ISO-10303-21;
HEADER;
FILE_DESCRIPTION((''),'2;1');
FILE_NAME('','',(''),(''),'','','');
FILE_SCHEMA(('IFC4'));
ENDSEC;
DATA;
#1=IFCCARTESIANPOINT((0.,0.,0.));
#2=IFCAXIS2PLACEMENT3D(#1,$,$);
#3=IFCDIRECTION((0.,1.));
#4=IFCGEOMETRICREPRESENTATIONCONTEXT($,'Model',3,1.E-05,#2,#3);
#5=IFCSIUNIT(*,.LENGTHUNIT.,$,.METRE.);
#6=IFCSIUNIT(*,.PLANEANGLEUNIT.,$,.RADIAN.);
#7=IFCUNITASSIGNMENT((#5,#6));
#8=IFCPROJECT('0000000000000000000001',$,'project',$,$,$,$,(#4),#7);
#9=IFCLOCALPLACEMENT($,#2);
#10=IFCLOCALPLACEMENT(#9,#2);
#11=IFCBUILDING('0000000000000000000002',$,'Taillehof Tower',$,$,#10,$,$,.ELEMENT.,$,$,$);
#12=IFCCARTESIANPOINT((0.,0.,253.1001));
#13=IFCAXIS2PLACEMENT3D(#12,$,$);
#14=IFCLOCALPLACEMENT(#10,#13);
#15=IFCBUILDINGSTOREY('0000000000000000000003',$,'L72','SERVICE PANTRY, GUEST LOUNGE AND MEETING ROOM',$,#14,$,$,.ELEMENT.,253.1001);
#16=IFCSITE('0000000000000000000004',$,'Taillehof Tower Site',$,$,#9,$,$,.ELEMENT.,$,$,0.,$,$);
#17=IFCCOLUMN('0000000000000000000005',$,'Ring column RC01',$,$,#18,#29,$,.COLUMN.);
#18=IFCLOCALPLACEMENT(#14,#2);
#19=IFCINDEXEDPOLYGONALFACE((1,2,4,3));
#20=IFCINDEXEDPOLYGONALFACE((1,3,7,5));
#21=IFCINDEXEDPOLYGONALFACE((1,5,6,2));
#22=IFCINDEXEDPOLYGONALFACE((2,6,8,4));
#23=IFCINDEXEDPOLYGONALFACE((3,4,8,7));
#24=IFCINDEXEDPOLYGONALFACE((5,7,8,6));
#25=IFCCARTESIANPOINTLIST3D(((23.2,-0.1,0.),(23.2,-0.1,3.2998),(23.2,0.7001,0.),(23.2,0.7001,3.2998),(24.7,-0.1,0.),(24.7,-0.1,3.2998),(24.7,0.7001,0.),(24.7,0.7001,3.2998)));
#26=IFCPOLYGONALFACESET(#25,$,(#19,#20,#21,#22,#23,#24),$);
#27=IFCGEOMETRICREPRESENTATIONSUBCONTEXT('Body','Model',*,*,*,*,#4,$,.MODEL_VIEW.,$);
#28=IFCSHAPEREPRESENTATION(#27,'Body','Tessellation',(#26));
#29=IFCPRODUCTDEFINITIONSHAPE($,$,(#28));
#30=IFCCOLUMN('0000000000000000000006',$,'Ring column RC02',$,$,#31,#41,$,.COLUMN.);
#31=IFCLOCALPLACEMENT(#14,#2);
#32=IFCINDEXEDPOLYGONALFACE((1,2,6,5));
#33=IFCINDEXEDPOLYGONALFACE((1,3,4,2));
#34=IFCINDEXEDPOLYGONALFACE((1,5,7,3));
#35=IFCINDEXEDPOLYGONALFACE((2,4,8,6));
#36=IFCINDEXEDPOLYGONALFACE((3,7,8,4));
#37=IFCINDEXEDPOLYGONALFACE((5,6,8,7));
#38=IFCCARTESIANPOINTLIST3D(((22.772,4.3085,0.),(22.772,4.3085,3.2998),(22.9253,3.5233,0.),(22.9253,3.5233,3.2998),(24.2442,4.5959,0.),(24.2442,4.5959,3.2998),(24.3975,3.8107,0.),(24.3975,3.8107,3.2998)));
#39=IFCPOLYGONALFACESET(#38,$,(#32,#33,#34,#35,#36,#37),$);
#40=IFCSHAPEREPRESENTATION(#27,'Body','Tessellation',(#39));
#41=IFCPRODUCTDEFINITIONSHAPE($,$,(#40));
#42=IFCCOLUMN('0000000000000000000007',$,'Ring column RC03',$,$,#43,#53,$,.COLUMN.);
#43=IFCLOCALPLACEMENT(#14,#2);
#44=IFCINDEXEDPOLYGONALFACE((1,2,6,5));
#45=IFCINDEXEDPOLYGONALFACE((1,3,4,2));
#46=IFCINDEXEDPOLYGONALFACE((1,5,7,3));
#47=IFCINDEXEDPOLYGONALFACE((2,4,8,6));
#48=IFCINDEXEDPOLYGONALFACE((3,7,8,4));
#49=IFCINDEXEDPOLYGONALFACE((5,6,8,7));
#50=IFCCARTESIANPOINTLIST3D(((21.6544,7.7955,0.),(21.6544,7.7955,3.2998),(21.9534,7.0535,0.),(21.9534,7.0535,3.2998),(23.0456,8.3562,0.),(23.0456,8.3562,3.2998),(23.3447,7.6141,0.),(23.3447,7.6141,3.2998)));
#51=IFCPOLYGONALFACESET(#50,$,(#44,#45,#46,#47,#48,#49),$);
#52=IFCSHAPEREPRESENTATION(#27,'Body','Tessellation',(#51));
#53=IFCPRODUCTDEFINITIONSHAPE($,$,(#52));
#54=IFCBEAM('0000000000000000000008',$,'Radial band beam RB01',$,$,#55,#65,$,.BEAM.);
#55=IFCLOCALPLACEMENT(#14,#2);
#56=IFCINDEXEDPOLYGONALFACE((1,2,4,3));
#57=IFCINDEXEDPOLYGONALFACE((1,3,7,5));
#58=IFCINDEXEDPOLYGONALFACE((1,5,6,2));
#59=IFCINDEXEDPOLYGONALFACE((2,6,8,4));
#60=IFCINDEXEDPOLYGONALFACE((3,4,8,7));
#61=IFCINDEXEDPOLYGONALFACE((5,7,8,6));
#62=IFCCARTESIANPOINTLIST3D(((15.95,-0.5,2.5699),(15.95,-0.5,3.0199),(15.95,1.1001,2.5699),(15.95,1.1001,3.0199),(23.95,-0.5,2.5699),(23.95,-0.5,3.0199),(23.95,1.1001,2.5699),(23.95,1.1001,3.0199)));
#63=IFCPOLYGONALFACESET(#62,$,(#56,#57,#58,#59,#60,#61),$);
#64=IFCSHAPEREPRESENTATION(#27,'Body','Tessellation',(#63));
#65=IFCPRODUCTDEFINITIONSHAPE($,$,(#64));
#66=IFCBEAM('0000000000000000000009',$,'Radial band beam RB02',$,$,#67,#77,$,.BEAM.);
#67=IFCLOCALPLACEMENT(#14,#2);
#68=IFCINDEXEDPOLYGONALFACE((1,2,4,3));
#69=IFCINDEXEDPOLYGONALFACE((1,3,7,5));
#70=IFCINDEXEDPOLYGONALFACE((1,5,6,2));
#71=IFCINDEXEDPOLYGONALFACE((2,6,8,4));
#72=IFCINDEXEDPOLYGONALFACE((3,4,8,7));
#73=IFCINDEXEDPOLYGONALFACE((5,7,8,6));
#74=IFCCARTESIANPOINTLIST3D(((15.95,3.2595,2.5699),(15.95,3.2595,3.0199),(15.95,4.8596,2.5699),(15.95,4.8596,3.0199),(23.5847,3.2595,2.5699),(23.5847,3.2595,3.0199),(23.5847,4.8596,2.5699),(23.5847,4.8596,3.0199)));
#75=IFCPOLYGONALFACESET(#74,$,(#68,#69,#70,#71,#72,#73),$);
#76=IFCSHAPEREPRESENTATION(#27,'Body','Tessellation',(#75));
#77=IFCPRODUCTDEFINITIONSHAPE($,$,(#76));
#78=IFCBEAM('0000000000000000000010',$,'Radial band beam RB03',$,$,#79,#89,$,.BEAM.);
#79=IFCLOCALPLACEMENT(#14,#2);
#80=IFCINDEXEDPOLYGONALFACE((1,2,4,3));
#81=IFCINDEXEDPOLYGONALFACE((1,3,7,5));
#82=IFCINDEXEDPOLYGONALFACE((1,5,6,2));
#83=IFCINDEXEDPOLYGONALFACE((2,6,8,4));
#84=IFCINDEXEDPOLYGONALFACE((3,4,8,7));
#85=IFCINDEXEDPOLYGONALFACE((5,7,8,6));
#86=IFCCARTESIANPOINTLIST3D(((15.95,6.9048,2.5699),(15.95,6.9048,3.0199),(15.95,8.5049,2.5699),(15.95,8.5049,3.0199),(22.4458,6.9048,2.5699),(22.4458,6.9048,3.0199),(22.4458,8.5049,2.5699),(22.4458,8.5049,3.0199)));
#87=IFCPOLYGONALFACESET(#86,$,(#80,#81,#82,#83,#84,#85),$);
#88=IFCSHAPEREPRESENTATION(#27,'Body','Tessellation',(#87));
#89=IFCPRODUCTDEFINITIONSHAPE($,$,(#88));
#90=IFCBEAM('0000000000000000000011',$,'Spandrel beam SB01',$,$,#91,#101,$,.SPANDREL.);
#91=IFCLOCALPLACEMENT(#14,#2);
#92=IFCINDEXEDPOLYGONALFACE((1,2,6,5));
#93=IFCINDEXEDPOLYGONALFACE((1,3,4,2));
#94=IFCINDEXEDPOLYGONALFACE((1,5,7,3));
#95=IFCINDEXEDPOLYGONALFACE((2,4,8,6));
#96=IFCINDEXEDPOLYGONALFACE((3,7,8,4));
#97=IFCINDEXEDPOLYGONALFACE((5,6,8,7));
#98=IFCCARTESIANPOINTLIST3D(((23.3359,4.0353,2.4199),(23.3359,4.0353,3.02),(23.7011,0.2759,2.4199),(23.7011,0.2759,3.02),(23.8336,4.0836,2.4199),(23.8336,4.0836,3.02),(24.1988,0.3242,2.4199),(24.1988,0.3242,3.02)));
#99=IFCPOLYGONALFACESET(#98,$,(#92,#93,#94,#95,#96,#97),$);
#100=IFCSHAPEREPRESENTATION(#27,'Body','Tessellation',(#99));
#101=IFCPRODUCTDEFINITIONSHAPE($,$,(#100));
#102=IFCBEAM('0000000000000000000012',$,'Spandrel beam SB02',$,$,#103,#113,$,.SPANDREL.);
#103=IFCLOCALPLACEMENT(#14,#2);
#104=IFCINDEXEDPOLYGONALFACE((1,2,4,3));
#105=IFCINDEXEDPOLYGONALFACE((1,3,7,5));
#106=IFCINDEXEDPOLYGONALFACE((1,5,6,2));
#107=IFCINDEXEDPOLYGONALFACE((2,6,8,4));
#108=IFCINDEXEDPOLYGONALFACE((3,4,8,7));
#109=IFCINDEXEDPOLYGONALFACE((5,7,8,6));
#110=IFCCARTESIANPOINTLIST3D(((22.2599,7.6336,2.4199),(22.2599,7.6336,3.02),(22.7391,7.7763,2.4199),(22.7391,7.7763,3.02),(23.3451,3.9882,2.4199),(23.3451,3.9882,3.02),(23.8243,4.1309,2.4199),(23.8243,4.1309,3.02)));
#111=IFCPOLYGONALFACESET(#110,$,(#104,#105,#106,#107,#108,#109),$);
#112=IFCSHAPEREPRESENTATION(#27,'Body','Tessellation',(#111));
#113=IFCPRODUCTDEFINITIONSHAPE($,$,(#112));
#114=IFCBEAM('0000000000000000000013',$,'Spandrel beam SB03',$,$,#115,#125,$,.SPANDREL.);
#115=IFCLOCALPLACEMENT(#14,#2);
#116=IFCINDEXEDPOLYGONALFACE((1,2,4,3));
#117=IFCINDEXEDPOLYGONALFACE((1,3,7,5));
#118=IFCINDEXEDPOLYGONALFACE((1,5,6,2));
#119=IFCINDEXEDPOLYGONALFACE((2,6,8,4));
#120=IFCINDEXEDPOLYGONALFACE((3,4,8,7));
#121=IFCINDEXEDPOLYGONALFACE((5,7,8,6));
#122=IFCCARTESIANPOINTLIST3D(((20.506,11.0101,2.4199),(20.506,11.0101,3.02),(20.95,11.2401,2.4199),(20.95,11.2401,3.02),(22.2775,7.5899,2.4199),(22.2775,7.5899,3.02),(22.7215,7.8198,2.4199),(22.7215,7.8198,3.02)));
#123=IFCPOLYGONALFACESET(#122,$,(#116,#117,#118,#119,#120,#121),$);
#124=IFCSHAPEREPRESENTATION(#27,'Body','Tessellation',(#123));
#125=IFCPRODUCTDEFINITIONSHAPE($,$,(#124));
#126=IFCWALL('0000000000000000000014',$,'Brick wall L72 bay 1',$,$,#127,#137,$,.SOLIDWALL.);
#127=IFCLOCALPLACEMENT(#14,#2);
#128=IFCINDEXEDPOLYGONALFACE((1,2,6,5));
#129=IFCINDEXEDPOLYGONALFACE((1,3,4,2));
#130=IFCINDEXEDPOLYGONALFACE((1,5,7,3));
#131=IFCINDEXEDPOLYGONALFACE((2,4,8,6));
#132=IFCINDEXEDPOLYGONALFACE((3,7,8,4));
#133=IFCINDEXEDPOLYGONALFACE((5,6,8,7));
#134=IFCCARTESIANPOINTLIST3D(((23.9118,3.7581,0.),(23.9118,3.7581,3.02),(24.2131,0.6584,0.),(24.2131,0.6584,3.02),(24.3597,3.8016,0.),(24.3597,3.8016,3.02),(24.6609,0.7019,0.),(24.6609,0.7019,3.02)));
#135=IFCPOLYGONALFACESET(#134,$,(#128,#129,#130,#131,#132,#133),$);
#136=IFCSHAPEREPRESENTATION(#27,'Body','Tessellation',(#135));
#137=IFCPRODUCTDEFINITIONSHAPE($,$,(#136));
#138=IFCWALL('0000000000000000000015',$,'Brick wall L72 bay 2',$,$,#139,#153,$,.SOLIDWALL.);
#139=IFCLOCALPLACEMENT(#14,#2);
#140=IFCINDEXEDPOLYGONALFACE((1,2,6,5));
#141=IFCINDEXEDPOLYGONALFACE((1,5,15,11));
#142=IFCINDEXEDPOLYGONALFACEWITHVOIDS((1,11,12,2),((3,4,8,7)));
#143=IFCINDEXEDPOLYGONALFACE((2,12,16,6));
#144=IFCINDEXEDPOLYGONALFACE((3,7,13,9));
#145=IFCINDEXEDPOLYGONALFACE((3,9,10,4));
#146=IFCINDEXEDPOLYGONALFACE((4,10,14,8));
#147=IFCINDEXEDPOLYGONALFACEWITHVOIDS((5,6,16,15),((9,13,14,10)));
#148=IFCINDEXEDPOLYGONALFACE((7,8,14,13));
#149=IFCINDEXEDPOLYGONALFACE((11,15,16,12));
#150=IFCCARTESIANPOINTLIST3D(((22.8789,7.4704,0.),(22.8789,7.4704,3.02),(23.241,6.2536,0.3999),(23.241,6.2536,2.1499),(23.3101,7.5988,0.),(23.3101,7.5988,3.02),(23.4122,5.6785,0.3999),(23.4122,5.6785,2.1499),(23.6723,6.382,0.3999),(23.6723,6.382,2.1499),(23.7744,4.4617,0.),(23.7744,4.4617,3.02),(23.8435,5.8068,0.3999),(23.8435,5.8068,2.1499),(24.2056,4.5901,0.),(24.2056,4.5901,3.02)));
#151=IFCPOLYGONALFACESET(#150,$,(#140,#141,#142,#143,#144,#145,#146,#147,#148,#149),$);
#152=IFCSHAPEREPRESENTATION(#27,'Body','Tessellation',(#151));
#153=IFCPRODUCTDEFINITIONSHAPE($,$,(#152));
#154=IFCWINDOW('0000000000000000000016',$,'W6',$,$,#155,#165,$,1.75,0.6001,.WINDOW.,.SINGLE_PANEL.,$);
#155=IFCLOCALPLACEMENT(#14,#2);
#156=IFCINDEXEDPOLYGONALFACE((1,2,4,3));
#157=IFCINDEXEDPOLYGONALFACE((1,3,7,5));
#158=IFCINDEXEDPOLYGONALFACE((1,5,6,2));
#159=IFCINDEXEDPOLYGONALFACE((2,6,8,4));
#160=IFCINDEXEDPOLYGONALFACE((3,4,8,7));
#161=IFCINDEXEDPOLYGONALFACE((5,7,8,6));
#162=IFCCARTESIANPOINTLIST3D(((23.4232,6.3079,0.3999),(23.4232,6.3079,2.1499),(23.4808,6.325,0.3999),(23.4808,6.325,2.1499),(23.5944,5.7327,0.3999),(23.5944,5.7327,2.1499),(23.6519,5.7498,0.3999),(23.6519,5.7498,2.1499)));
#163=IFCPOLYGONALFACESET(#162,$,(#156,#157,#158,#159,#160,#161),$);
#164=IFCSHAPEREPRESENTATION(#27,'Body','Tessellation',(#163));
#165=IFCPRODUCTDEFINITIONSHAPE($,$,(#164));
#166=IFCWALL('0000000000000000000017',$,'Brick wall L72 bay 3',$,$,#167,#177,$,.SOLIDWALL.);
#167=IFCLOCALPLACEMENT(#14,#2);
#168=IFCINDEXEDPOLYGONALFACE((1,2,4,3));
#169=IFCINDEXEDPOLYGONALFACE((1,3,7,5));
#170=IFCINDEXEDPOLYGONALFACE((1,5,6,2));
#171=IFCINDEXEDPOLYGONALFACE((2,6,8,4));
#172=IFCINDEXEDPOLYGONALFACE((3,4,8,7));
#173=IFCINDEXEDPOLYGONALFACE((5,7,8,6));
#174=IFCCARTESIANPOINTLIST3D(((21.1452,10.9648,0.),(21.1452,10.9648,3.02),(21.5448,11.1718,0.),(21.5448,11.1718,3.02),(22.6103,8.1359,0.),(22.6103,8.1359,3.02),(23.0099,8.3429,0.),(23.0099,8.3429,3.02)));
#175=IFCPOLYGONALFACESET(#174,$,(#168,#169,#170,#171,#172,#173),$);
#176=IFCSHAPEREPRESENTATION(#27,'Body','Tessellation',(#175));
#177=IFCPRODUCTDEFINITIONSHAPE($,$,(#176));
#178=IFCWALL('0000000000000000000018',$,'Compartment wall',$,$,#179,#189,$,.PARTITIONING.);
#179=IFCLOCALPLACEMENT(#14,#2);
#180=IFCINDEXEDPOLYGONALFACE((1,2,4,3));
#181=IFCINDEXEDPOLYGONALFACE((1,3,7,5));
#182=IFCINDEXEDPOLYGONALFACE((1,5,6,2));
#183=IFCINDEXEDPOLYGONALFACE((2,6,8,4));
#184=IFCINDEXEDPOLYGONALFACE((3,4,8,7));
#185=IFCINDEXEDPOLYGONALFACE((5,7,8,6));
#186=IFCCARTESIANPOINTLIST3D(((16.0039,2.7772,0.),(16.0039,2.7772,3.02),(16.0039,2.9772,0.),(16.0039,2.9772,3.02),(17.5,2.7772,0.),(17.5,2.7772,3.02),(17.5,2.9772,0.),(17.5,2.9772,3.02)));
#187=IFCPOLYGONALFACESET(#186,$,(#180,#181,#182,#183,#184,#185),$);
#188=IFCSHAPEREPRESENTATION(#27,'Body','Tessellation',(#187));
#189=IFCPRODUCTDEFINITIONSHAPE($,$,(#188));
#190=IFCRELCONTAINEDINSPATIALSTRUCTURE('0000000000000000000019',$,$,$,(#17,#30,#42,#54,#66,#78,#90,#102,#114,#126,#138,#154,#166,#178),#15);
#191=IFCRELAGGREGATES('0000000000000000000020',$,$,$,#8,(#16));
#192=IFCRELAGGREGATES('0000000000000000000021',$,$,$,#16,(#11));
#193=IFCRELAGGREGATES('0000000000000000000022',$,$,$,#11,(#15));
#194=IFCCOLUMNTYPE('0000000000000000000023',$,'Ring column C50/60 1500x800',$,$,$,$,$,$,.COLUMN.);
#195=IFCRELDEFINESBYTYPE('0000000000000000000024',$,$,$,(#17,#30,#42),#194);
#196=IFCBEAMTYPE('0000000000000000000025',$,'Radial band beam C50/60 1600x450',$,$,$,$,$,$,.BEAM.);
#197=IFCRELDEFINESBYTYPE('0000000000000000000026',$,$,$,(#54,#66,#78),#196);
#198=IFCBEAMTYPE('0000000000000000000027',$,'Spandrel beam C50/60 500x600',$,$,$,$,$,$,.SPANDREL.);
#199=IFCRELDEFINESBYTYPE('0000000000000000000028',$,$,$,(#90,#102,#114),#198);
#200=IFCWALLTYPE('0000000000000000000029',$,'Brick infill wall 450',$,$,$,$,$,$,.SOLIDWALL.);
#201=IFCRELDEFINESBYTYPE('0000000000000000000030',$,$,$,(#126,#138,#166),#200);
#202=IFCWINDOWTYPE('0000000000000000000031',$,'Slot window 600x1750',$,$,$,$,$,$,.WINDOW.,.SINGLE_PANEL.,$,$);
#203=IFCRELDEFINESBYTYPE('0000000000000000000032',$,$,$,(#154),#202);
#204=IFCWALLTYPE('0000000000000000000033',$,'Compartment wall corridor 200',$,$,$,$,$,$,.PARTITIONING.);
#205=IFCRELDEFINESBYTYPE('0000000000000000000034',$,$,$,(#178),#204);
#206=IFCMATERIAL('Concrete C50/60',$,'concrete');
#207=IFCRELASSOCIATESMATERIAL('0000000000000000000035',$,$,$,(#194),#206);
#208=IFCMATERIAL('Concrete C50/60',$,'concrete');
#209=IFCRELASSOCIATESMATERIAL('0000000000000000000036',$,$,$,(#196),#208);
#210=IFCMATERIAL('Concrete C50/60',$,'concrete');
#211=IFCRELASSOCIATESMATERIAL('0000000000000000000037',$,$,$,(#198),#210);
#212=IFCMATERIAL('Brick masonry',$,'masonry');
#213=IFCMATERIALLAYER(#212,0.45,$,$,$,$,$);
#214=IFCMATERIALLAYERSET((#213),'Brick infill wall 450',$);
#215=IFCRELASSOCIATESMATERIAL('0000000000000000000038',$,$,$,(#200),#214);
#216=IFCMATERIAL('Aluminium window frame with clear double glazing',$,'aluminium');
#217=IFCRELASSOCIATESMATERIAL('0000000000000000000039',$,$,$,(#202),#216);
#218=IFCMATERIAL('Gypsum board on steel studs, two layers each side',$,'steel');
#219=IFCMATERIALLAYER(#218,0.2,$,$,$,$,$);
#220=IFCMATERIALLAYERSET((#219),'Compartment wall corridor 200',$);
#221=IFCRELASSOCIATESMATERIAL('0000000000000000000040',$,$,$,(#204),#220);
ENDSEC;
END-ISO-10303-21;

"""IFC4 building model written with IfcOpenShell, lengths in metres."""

from ifc_helpers import new_model, si_unit, direction, frame, frame_2d, origin, origin_2d, place, context, subcontext, project, spatial, rectangle, extrude, material, layer, layer_set, material_profile, profile_set, type_object, element, fill, save


model = new_model("IFC4")

# Units and contexts
model_context = context("Model", 3, precision=1e-05, world=origin(), true_north=direction((0.0, 1.0)))
body_context = subcontext(model_context, "Body", "Model", "MODEL_VIEW")
ifc_project = project(units=[si_unit("LENGTHUNIT", "METRE"), si_unit("PLANEANGLEUNIT", "RADIAN")], contexts=[model_context])

# Site, building, storey
site_placement = place(None, origin())
site = spatial("IfcSite", under=ifc_project, at=site_placement, Name="Taillehof Tower Site", CompositionType="ELEMENT", RefElevation=0.0)
building_placement = place(site_placement, origin())
building = spatial("IfcBuilding", under=site, at=building_placement, Name="Taillehof Tower", CompositionType="ELEMENT")
storey_placement = place(building_placement, frame((0.0, 0.0, 253.1001)))
storey = spatial("IfcBuildingStorey", under=building, at=storey_placement, Name="L72", Description="SERVICE PANTRY, GUEST LOUNGE AND MEETING ROOM", CompositionType="ELEMENT", Elevation=253.1001)

# Columns
ifc_material_1 = material(Name="Concrete C50/60", Category="concrete")
ifc_material_profile_1 = material_profile(ifc_material_1, rectangle(XDim=1.5, YDim=0.8, at=origin_2d()), Name="RC 1500x800")
ifc_profile_set_1 = profile_set([ifc_material_profile_1], Name="Concrete C50/60")
column_type = type_object("IfcColumnType", Name="Ring column C50/60 1500x800", PredefinedType="COLUMN", material=ifc_profile_set_1)
for number, where, z_axis, x_axis, name in (
    (1, (23.95, 0.3, 0.0), (0.0, 0.0, 1.0), (1.0, 0.0, 0.0), "Ring column RC01"),
    (2, (23.5847, 4.0596, 0.0), (0.0, 0.0, 1.0), (0.981473, 0.191602, 0.0), "Ring column RC02"),
    (3, (22.4995, 7.7048, 0.0), (0.0, 0.0, 1.0), (0.927525, 0.373762, 0.0), "Ring column RC03"),
):
    element("IfcColumn", number, at=place(storey_placement, frame(where, z_axis=z_axis, x_axis=x_axis)), inside=storey, type_object=column_type, Name=name, PredefinedType="COLUMN", context=body_context, shape_type="SweptSolid", body=[
        extrude(rectangle(XDim=1.5, YDim=0.8, at=origin_2d()), origin(), (0.0, 0.0, 1.0), 3.2998),
    ])

# Beams
ifc_material_2 = material(Name="Concrete C50/60", Category="concrete")
ifc_material_profile_2 = material_profile(ifc_material_2, rectangle(XDim=1.6001, YDim=0.45, at=origin_2d()), Name="RC 1600x450")
ifc_profile_set_2 = profile_set([ifc_material_profile_2], Name="Concrete C50/60")
beam_type_1 = type_object("IfcBeamType", Name="Radial band beam C50/60 1600x450", PredefinedType="BEAM", material=ifc_profile_set_2)
beam_1_placement = place(storey_placement, frame((23.95, 0.3, 2.7949), z_axis=(-1.0, 0.0, 0.0), x_axis=(0.0, -1.0, 0.0)))
element("IfcBeam", 4, at=beam_1_placement, inside=storey, type_object=beam_type_1, Name="Radial band beam RB01", PredefinedType="BEAM", context=body_context, shape_type="SweptSolid", body=[
    extrude(rectangle(XDim=1.6001, YDim=0.45, at=origin_2d()), origin(), (0.0, 0.0, 1.0), 8.0),
])
beam_2_placement = place(storey_placement, frame((23.5847, 4.0596, 2.7949), z_axis=(-1.0, 0.0, 0.0), x_axis=(0.0, -1.0, 0.0)))
element("IfcBeam", 5, at=beam_2_placement, inside=storey, type_object=beam_type_1, Name="Radial band beam RB02", PredefinedType="BEAM", context=body_context, shape_type="SweptSolid", body=[
    extrude(rectangle(XDim=1.6001, YDim=0.45, at=origin_2d()), origin(), (0.0, 0.0, 1.0), 7.6348),
])
beam_3_placement = place(storey_placement, frame((22.4458, 7.7048, 2.7949), z_axis=(-1.0, 0.0, 0.0), x_axis=(0.0, -1.0, 0.0)))
element("IfcBeam", 6, at=beam_3_placement, inside=storey, type_object=beam_type_1, Name="Radial band beam RB03", PredefinedType="BEAM", context=body_context, shape_type="SweptSolid", body=[
    extrude(rectangle(XDim=1.6001, YDim=0.45, at=origin_2d()), origin(), (0.0, 0.0, 1.0), 6.4958),
])
ifc_material_3 = material(Name="Concrete C50/60", Category="concrete")
ifc_material_profile_3 = material_profile(ifc_material_3, rectangle(XDim=0.5, YDim=0.6001, at=origin_2d()), Name="RC 500x600")
ifc_profile_set_3 = profile_set([ifc_material_profile_3], Name="Concrete C50/60")
beam_type_2 = type_object("IfcBeamType", Name="Spandrel beam C50/60 500x600", PredefinedType="SPANDREL", material=ifc_profile_set_3)
beam_4_placement = place(storey_placement, frame((23.95, 0.3, 2.72), z_axis=(-0.096694, 0.995314, 0.0), x_axis=(-0.995314, -0.096694, 0.0)))
element("IfcBeam", 7, at=beam_4_placement, inside=storey, type_object=beam_type_2, Name="Spandrel beam SB01", PredefinedType="SPANDREL", context=body_context, shape_type="SweptSolid", body=[
    extrude(rectangle(XDim=0.5, YDim=0.6001, at=origin_2d()), origin(), (0.0, 0.0, 1.0), 3.7771),
])
beam_5_placement = place(storey_placement, frame((23.5847, 4.0596, 2.72), z_axis=(-0.285327, 0.95843, 0.0), x_axis=(-0.95843, -0.285327, 0.0)))
element("IfcBeam", 8, at=beam_5_placement, inside=storey, type_object=beam_type_2, Name="Spandrel beam SB02", PredefinedType="SPANDREL", context=body_context, shape_type="SweptSolid", body=[
    extrude(rectangle(XDim=0.5, YDim=0.6001, at=origin_2d()), origin(), (0.0, 0.0, 1.0), 3.8035),
])
beam_6_placement = place(storey_placement, frame((22.4995, 7.7048, 2.72), z_axis=(-0.459921, 0.88796, 0.0), x_axis=(-0.88796, -0.459921, 0.0)))
element("IfcBeam", 9, at=beam_6_placement, inside=storey, type_object=beam_type_2, Name="Spandrel beam SB03", PredefinedType="SPANDREL", context=body_context, shape_type="SweptSolid", body=[
    extrude(rectangle(XDim=0.5, YDim=0.6001, at=origin_2d()), origin(), (0.0, 0.0, 1.0), 3.8518),
])

# Wall
ifc_material_4 = material(Name="Brick masonry", Category="masonry")
ifc_layer_1 = layer(ifc_material_4, 0.45)
ifc_layer_set_1 = layer_set([ifc_layer_1], Name="Brick infill wall 450")
wall_type_1 = type_object("IfcWallType", Name="Brick infill wall 450", PredefinedType="SOLIDWALL", material=ifc_layer_set_1)
wall_1_placement = place(storey_placement, frame((24.437, 0.6802, 0.0), z_axis=(0.0, 0.0, 1.0), x_axis=(-0.09674, 0.99531, 0.0)))
element("IfcWall", 10, at=wall_1_placement, inside=storey, type_object=wall_type_1, Name="Brick wall L72 bay 1", PredefinedType="SOLIDWALL", context=body_context, shape_type="SweptSolid", body=[
    extrude(rectangle(XDim=3.1143, YDim=0.45, at=frame_2d((1.5571, 0.0))), origin(), (0.0, 0.0, 1.0), 3.02),
])

# Wall, opening, window
wall_2_placement = place(storey_placement, frame((23.99, 4.5259, 0.0), z_axis=(0.0, 0.0, 1.0), x_axis=(-0.285264, 0.958449, 0.0)))
wall_2 = element("IfcWall", 11, at=wall_2_placement, inside=storey, type_object=wall_type_1, Name="Brick wall L72 bay 2", PredefinedType="SOLIDWALL", context=body_context, shape_type="SweptSolid", body=[
    extrude(rectangle(XDim=3.1392, YDim=0.45, at=frame_2d((1.5696, 0.0))), origin(), (0.0, 0.0, 1.0), 3.02),
])
opening_placement = place(wall_2_placement, frame((1.2695, 0.0, 0.3999)))
opening = element("IfcOpeningElement", 12, at=opening_placement, cuts=wall_2, PredefinedType="OPENING", context=body_context, shape_type="SweptSolid", body=[
    extrude(rectangle(XDim=0.6001, YDim=1.75, at=frame_2d((0.3, 0.875))), frame((0.0, 0.2349, 0.0), z_axis=(0.0, -1.0, 0.0), x_axis=(1.0, 0.0, 0.0)), (0.0, 0.0, 1.0), 0.47),
])
ifc_material_5 = material(Name="Aluminium window frame with clear double glazing", Category="aluminium")
window_type = type_object("IfcWindowType", Name="Slot window 600x1750", PartitioningType="SINGLE_PANEL", PredefinedType="WINDOW", material=ifc_material_5)
window_placement = place(opening_placement, origin())
window = element("IfcWindow", 13, at=window_placement, inside=storey, type_object=window_type, Name="W6", OverallHeight=1.75, OverallWidth=0.6001, PartitioningType="SINGLE_PANEL", PredefinedType="WINDOW", context=body_context, shape_type="SweptSolid", body=[
    extrude(rectangle(XDim=0.6001, YDim=1.75, at=frame_2d((0.3, 0.875))), frame((0.0, 0.0349, 0.0), z_axis=(0.0, -1.0, 0.0), x_axis=(1.0, 0.0, 0.0)), (0.0, 0.0, 1.0), 0.0601),
])
fill(opening, window)

# Walls
wall_3_placement = place(storey_placement, frame((22.8101, 8.2395, 0.0), z_axis=(0.0, 0.0, 1.0), x_axis=(-0.45989, 0.887976, 0.0)))
element("IfcWall", 14, at=wall_3_placement, inside=storey, type_object=wall_type_1, Name="Brick wall L72 bay 3", PredefinedType="SOLIDWALL", context=body_context, shape_type="SweptSolid", body=[
    extrude(rectangle(XDim=3.1858, YDim=0.45, at=frame_2d((1.5928, 0.0))), origin(), (0.0, 0.0, 1.0), 3.02),
])
ifc_material_6 = material(Name="Gypsum board on steel studs, two layers each side", Category="steel")
ifc_layer_2 = layer(ifc_material_6, 0.2)
ifc_layer_set_2 = layer_set([ifc_layer_2], Name="Compartment wall corridor 200")
wall_type_2 = type_object("IfcWallType", Name="Compartment wall corridor 200", PredefinedType="PARTITIONING", material=ifc_layer_set_2)
wall_4_placement = place(storey_placement, frame((17.5, 2.8772, 0.0), z_axis=(0.0, 0.0, 1.0), x_axis=(-1.0, 0.0, 0.0)))
element("IfcWall", 15, at=wall_4_placement, inside=storey, type_object=wall_type_2, Name="Compartment wall", PredefinedType="PARTITIONING", context=body_context, shape_type="SweptSolid", body=[
    extrude(rectangle(XDim=1.4961, YDim=0.2, at=frame_2d((0.748, 0.0))), origin(), (0.0, 0.0, 1.0), 3.02),
])

save(model, "model.ifc")
